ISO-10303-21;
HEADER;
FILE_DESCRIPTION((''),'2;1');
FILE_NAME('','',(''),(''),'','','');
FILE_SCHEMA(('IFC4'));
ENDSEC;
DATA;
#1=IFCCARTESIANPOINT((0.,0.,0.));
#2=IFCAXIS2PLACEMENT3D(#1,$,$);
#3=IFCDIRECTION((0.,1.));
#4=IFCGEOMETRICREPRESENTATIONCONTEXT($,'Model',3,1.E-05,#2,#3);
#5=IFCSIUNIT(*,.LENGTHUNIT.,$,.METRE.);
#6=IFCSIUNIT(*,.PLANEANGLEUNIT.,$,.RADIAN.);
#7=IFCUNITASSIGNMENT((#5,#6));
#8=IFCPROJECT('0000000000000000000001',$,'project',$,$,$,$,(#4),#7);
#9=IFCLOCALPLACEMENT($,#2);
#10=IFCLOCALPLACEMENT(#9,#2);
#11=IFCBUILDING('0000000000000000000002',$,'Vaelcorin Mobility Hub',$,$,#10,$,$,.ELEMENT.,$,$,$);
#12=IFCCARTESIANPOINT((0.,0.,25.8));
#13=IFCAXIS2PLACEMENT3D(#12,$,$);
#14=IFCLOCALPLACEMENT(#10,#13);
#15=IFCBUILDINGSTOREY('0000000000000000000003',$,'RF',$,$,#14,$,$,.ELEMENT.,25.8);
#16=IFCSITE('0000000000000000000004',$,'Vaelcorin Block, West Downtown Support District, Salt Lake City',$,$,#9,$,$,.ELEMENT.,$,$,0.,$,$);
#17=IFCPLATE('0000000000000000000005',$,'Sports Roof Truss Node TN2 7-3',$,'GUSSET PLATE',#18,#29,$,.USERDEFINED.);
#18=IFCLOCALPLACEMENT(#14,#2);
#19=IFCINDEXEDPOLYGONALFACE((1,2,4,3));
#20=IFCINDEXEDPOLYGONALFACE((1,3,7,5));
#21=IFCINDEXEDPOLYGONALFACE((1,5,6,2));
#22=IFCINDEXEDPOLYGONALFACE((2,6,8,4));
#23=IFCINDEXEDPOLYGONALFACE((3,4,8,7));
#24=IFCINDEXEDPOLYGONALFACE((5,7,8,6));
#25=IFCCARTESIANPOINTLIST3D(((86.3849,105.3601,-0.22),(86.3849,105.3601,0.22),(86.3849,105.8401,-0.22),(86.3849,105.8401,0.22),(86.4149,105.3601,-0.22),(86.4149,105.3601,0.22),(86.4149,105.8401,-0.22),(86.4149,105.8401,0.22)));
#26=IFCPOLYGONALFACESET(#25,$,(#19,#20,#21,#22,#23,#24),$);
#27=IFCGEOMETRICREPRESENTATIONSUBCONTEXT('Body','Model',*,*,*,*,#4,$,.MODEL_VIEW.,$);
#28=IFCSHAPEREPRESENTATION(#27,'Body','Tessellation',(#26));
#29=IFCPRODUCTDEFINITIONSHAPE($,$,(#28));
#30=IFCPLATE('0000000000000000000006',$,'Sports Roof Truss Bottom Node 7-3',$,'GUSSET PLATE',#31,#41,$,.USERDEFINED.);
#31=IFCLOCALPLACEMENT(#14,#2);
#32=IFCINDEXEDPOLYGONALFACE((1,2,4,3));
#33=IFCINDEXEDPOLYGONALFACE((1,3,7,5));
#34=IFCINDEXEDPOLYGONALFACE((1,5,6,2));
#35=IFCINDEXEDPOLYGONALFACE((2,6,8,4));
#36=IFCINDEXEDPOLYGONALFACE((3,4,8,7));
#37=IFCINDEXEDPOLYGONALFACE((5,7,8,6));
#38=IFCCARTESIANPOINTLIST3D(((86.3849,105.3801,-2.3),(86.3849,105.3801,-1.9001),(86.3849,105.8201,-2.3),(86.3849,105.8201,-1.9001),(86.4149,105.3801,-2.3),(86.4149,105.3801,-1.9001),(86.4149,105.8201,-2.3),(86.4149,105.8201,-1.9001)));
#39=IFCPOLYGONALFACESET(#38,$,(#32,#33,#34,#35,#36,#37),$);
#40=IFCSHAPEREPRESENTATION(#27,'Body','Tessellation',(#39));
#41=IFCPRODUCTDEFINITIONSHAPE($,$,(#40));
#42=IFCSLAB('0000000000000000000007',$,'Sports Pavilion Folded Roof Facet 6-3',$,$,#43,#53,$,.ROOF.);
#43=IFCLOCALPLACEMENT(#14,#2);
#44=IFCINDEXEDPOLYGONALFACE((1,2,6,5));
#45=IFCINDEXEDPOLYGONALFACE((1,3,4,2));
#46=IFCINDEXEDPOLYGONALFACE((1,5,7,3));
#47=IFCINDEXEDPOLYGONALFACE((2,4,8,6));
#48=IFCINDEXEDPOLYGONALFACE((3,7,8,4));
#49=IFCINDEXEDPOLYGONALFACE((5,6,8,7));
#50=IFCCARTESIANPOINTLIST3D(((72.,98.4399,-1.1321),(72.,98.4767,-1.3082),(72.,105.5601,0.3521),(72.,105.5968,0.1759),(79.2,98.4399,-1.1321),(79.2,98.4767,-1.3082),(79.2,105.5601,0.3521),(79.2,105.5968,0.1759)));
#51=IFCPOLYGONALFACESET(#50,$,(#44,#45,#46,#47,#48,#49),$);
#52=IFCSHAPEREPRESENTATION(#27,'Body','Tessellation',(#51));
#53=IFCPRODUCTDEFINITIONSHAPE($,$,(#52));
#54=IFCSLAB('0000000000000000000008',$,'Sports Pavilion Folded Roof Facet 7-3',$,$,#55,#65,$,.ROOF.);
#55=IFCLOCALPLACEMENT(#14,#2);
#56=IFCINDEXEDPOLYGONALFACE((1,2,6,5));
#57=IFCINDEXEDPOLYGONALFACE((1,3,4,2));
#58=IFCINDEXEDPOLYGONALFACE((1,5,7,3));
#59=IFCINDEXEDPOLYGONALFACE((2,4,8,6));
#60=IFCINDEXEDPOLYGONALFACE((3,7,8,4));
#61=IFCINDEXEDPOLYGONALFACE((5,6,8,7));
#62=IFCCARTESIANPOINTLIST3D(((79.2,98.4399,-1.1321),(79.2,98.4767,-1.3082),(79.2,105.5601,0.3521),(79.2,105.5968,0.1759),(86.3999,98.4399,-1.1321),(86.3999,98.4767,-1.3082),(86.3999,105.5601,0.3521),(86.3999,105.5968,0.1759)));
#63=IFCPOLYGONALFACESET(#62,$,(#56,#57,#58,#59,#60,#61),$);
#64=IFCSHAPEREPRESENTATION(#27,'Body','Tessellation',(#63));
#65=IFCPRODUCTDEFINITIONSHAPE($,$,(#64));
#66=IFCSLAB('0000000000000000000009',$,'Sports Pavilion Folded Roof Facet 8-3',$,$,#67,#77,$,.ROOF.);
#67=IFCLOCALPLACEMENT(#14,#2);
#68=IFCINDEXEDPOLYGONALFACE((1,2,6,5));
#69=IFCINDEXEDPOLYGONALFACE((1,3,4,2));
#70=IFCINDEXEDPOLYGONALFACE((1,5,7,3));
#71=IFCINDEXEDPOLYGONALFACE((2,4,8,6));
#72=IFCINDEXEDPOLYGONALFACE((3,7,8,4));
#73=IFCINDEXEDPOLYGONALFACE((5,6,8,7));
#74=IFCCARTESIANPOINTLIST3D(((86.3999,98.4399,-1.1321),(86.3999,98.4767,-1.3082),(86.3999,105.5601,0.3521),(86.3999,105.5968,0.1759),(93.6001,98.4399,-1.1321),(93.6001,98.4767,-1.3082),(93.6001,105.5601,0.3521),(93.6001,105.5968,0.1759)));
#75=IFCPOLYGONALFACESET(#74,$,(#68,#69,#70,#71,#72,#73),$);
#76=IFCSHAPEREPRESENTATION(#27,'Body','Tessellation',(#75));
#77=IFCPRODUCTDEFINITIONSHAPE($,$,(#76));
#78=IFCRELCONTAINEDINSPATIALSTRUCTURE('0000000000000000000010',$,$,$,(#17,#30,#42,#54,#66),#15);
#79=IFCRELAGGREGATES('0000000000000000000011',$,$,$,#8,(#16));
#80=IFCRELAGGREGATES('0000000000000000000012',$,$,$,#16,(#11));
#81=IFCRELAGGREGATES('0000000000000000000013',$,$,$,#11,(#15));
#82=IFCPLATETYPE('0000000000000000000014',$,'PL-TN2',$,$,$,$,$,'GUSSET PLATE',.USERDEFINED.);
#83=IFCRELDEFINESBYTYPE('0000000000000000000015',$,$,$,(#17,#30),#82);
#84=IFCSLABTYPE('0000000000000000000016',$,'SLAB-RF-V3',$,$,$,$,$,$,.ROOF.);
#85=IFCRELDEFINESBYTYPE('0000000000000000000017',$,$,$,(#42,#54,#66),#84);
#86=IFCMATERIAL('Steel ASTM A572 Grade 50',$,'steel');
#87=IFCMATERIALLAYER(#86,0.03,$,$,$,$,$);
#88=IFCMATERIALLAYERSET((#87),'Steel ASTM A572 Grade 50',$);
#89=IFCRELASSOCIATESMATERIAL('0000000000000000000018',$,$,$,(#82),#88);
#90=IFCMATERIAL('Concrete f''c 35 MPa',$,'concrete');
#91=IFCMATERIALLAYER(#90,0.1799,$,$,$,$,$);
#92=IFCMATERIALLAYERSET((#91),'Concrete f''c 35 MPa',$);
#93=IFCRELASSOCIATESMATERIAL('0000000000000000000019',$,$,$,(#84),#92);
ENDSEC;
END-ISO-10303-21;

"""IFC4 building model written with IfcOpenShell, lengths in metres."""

from ifc_helpers import new_model, si_unit, direction, frame, origin, origin_2d, place, context, subcontext, project, spatial, polyline, rectangle, outline, extrude, material, layer, layer_set, type_object, element, save


model = new_model("IFC4")

# Units and contexts
model_context = context("Model", 3, precision=1e-05, world=origin(), true_north=direction((0.0, 1.0)))
body_context = subcontext(model_context, "Body", "Model", "MODEL_VIEW")
ifc_project = project(units=[si_unit("LENGTHUNIT", "METRE"), si_unit("PLANEANGLEUNIT", "RADIAN")], contexts=[model_context])

# Site, building, storey
site_placement = place(None, origin())
site = spatial("IfcSite", under=ifc_project, at=site_placement, Name="Vaelcorin Block, West Downtown Support District, Salt Lake City", CompositionType="ELEMENT", RefElevation=0.0)
building_placement = place(site_placement, origin())
building = spatial("IfcBuilding", under=site, at=building_placement, Name="Vaelcorin Mobility Hub", CompositionType="ELEMENT")
storey_placement = place(building_placement, frame((0.0, 0.0, 25.8)))
storey = spatial("IfcBuildingStorey", under=building, at=storey_placement, Name="RF", CompositionType="ELEMENT", Elevation=25.8)

# Plates
ifc_material_1 = material(Name="Steel ASTM A572 Grade 50", Category="steel")
ifc_layer_1 = layer(ifc_material_1, 0.03)
ifc_layer_set_1 = layer_set([ifc_layer_1], Name="Steel ASTM A572 Grade 50")
plate_type = type_object("IfcPlateType", Name="PL-TN2", ElementType="GUSSET PLATE", PredefinedType="USERDEFINED", material=ifc_layer_set_1)
plate_1_placement = place(storey_placement, frame((86.3999, 105.6001, -0.22), z_axis=(0.0, 0.0, 1.0), x_axis=(1.0, 0.0, 0.0)))
element("IfcPlate", 1, at=plate_1_placement, inside=storey, type_object=plate_type, Name="Sports Roof Truss Node TN2 7-3", ObjectType="GUSSET PLATE", PredefinedType="USERDEFINED", context=body_context, shape_type="SweptSolid", body=[
    extrude(rectangle(XDim=0.03, YDim=0.48, at=origin_2d()), origin(), (0.0, 0.0, 1.0), 0.4399),
])
plate_2_placement = place(storey_placement, frame((86.3999, 105.6001, -2.3), z_axis=(0.0, 0.0, 1.0), x_axis=(1.0, 0.0, 0.0)))
element("IfcPlate", 2, at=plate_2_placement, inside=storey, type_object=plate_type, Name="Sports Roof Truss Bottom Node 7-3", ObjectType="GUSSET PLATE", PredefinedType="USERDEFINED", context=body_context, shape_type="SweptSolid", body=[
    extrude(rectangle(XDim=0.03, YDim=0.4399, at=origin_2d()), origin(), (0.0, 0.0, 1.0), 0.3999),
])

# Slabs
ifc_material_2 = material(Name="Concrete f'c 35 MPa", Category="concrete")
ifc_layer_2 = layer(ifc_material_2, 0.1799)
ifc_layer_set_2 = layer_set([ifc_layer_2], Name="Concrete f'c 35 MPa")
slab_type = type_object("IfcSlabType", Name="SLAB-RF-V3", PredefinedType="ROOF", material=ifc_layer_set_2)
for number, where, z_axis, x_axis, name in (
    (3, (72.0, 98.4399, -1.1321), (0.0, -0.204056, 0.978959), (1.0, 0.0, 0.0), "Sports Pavilion Folded Roof Facet 6-3"),
    (4, (79.2, 98.4399, -1.1321), (0.0, -0.204056, 0.978959), (1.0, 0.0, 0.0), "Sports Pavilion Folded Roof Facet 7-3"),
):
    element("IfcSlab", number, at=place(storey_placement, frame(where, z_axis=z_axis, x_axis=x_axis)), inside=storey, type_object=slab_type, Name=name, PredefinedType="ROOF", context=body_context, shape_type="SweptSolid", body=[
        extrude(outline(polyline([(0.0, 0.0), (7.2, 0.0), (7.2, 7.2732), (0.0, 7.2732), (0.0, 0.0)])), origin(), (0.0, 0.0, -1.0), 0.1799),
    ])
slab_placement = place(storey_placement, frame((86.3999, 98.4399, -1.1321), z_axis=(0.0, -0.204056, 0.978959), x_axis=(1.0, 0.0, 0.0)))
element("IfcSlab", 5, at=slab_placement, inside=storey, type_object=slab_type, Name="Sports Pavilion Folded Roof Facet 8-3", PredefinedType="ROOF", context=body_context, shape_type="SweptSolid", body=[
    extrude(outline(polyline([(0.0, 0.0), (7.2002, 0.0), (7.2002, 7.2732), (0.0, 7.2732), (0.0, 0.0)])), origin(), (0.0, 0.0, -1.0), 0.1799),
])

save(model, "model.ifc")
